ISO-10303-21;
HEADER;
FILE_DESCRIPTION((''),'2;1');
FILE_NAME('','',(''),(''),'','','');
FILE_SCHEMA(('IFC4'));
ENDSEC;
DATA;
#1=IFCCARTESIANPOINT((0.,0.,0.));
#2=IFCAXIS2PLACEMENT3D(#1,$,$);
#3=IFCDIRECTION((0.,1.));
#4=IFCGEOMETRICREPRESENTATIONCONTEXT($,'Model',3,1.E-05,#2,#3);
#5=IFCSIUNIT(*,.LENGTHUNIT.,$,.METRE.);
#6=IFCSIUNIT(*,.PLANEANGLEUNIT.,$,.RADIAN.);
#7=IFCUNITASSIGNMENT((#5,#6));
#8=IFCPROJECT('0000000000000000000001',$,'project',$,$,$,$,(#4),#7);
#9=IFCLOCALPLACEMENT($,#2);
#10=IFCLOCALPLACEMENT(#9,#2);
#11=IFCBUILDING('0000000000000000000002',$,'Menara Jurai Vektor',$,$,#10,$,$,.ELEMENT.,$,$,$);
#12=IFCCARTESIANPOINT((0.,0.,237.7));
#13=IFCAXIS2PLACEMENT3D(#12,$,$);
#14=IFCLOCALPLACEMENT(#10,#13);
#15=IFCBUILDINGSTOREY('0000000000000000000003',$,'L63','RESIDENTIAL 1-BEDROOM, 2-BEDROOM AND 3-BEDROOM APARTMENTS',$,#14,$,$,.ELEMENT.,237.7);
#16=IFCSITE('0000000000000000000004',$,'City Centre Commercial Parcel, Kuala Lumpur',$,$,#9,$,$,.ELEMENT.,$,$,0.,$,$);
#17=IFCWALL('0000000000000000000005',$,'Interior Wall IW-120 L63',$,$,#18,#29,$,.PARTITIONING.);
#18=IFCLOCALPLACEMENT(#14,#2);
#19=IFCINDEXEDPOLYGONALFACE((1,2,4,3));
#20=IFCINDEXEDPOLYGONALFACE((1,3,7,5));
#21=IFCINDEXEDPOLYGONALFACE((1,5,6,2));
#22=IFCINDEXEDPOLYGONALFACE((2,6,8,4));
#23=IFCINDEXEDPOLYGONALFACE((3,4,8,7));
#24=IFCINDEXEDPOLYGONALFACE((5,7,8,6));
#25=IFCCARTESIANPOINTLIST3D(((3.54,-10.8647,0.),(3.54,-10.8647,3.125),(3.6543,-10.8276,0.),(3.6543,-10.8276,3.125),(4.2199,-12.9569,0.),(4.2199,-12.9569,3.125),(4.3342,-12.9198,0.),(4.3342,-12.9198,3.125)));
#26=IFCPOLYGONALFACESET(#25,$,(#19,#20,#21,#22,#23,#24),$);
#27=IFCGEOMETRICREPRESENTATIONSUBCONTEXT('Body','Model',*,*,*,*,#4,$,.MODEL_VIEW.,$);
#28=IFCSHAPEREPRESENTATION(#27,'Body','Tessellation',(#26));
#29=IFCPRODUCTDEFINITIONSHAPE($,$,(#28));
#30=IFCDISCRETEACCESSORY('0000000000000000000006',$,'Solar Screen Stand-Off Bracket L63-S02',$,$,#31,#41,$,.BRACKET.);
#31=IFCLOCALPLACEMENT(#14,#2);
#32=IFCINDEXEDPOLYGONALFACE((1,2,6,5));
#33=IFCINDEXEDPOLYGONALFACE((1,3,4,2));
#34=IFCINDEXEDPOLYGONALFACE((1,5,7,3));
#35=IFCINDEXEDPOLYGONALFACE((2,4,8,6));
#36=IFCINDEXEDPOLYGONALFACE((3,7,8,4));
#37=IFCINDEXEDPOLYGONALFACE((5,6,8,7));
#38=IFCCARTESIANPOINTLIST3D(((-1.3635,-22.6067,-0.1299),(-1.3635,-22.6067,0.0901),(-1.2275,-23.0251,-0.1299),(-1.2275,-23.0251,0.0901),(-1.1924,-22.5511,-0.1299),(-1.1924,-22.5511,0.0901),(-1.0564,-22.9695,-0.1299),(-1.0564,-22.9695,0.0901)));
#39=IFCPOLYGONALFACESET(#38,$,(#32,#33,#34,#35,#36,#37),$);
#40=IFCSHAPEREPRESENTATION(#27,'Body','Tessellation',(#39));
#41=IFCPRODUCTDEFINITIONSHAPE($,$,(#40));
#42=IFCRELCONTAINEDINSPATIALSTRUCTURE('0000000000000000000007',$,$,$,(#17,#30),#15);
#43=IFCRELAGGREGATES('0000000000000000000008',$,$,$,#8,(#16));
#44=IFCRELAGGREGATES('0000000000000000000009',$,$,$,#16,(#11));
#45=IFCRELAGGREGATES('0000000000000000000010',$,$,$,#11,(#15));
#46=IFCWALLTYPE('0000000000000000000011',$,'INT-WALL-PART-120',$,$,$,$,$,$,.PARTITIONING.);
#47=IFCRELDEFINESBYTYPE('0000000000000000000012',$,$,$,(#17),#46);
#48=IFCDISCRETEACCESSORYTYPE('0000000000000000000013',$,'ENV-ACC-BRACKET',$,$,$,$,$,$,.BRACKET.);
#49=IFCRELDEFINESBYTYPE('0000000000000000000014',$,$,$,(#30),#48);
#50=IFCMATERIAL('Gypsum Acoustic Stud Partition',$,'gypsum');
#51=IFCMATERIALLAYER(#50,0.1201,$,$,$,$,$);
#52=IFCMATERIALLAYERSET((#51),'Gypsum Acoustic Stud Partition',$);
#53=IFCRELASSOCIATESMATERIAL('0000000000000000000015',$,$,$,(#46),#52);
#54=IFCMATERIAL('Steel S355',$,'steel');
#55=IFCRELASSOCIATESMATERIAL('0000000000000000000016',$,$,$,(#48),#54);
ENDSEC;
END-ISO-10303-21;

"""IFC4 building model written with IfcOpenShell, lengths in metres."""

from ifc_helpers import new_model, si_unit, direction, frame, frame_2d, origin, origin_2d, place, context, subcontext, project, spatial, rectangle, extrude, material, layer, layer_set, type_object, element, save


model = new_model("IFC4")

# Units and contexts
model_context = context("Model", 3, precision=1e-05, world=origin(), true_north=direction((0.0, 1.0)))
body_context = subcontext(model_context, "Body", "Model", "MODEL_VIEW")
ifc_project = project(units=[si_unit("LENGTHUNIT", "METRE"), si_unit("PLANEANGLEUNIT", "RADIAN")], contexts=[model_context])

# Site, building, storey
site_placement = place(None, origin())
site = spatial("IfcSite", under=ifc_project, at=site_placement, Name="City Centre Commercial Parcel, Kuala Lumpur", CompositionType="ELEMENT", RefElevation=0.0)
building_placement = place(site_placement, origin())
building = spatial("IfcBuilding", under=site, at=building_placement, Name="Menara Jurai Vektor", CompositionType="ELEMENT")
storey_placement = place(building_placement, frame((0.0, 0.0, 237.7)))
storey = spatial("IfcBuildingStorey", under=building, at=storey_placement, Name="L63", Description="RESIDENTIAL 1-BEDROOM, 2-BEDROOM AND 3-BEDROOM APARTMENTS", CompositionType="ELEMENT", Elevation=237.7)

# Shared definitions
ifc_material_1 = material(Name="Steel S355", Category="steel")

# Wall
ifc_material_2 = material(Name="Gypsum Acoustic Stud Partition", Category="gypsum")
ifc_layer_1 = layer(ifc_material_2, 0.1201)
ifc_layer_set_1 = layer_set([ifc_layer_1], Name="Gypsum Acoustic Stud Partition")
wall_type_1 = type_object("IfcWallType", Name="INT-WALL-PART-120", PredefinedType="PARTITIONING", material=ifc_layer_set_1)
for number, where, z_axis, x_axis, name in (
    (1, (4.2771, -12.9385, 0.0), (0.0, 0.0, 1.0), (-0.309061, 0.951042, 0.0), "Interior Wall IW-120 L63"),
):
    element("IfcWall", number, at=place(storey_placement, frame(where, z_axis=z_axis, x_axis=x_axis)), inside=storey, type_object=wall_type_1, Name=name, PredefinedType="PARTITIONING", context=body_context, shape_type="SweptSolid", body=[
        extrude(rectangle(XDim=2.2, YDim=0.1201, at=frame_2d((1.1001, 0.0))), origin(), (0.0, 0.0, 1.0), 3.125),
    ])

# Discrete accessory
discrete_accessory_type = type_object("IfcDiscreteAccessoryType", Name="ENV-ACC-BRACKET", PredefinedType="BRACKET", material=ifc_material_1)
discrete_accessory_placement = place(storey_placement, frame((-1.21, -22.7881, -0.1299), z_axis=(0.0, 0.0, 1.0), x_axis=(0.951057, 0.309017, 0.0)))
element("IfcDiscreteAccessory", 2, at=discrete_accessory_placement, inside=storey, type_object=discrete_accessory_type, Name="Solar Screen Stand-Off Bracket L63-S02", PredefinedType="BRACKET", context=body_context, shape_type="SweptSolid", body=[
    extrude(rectangle(XDim=0.1799, YDim=0.4399, at=origin_2d()), origin(), (0.0, 0.0, 1.0), 0.22),
])

save(model, "model.ifc")
